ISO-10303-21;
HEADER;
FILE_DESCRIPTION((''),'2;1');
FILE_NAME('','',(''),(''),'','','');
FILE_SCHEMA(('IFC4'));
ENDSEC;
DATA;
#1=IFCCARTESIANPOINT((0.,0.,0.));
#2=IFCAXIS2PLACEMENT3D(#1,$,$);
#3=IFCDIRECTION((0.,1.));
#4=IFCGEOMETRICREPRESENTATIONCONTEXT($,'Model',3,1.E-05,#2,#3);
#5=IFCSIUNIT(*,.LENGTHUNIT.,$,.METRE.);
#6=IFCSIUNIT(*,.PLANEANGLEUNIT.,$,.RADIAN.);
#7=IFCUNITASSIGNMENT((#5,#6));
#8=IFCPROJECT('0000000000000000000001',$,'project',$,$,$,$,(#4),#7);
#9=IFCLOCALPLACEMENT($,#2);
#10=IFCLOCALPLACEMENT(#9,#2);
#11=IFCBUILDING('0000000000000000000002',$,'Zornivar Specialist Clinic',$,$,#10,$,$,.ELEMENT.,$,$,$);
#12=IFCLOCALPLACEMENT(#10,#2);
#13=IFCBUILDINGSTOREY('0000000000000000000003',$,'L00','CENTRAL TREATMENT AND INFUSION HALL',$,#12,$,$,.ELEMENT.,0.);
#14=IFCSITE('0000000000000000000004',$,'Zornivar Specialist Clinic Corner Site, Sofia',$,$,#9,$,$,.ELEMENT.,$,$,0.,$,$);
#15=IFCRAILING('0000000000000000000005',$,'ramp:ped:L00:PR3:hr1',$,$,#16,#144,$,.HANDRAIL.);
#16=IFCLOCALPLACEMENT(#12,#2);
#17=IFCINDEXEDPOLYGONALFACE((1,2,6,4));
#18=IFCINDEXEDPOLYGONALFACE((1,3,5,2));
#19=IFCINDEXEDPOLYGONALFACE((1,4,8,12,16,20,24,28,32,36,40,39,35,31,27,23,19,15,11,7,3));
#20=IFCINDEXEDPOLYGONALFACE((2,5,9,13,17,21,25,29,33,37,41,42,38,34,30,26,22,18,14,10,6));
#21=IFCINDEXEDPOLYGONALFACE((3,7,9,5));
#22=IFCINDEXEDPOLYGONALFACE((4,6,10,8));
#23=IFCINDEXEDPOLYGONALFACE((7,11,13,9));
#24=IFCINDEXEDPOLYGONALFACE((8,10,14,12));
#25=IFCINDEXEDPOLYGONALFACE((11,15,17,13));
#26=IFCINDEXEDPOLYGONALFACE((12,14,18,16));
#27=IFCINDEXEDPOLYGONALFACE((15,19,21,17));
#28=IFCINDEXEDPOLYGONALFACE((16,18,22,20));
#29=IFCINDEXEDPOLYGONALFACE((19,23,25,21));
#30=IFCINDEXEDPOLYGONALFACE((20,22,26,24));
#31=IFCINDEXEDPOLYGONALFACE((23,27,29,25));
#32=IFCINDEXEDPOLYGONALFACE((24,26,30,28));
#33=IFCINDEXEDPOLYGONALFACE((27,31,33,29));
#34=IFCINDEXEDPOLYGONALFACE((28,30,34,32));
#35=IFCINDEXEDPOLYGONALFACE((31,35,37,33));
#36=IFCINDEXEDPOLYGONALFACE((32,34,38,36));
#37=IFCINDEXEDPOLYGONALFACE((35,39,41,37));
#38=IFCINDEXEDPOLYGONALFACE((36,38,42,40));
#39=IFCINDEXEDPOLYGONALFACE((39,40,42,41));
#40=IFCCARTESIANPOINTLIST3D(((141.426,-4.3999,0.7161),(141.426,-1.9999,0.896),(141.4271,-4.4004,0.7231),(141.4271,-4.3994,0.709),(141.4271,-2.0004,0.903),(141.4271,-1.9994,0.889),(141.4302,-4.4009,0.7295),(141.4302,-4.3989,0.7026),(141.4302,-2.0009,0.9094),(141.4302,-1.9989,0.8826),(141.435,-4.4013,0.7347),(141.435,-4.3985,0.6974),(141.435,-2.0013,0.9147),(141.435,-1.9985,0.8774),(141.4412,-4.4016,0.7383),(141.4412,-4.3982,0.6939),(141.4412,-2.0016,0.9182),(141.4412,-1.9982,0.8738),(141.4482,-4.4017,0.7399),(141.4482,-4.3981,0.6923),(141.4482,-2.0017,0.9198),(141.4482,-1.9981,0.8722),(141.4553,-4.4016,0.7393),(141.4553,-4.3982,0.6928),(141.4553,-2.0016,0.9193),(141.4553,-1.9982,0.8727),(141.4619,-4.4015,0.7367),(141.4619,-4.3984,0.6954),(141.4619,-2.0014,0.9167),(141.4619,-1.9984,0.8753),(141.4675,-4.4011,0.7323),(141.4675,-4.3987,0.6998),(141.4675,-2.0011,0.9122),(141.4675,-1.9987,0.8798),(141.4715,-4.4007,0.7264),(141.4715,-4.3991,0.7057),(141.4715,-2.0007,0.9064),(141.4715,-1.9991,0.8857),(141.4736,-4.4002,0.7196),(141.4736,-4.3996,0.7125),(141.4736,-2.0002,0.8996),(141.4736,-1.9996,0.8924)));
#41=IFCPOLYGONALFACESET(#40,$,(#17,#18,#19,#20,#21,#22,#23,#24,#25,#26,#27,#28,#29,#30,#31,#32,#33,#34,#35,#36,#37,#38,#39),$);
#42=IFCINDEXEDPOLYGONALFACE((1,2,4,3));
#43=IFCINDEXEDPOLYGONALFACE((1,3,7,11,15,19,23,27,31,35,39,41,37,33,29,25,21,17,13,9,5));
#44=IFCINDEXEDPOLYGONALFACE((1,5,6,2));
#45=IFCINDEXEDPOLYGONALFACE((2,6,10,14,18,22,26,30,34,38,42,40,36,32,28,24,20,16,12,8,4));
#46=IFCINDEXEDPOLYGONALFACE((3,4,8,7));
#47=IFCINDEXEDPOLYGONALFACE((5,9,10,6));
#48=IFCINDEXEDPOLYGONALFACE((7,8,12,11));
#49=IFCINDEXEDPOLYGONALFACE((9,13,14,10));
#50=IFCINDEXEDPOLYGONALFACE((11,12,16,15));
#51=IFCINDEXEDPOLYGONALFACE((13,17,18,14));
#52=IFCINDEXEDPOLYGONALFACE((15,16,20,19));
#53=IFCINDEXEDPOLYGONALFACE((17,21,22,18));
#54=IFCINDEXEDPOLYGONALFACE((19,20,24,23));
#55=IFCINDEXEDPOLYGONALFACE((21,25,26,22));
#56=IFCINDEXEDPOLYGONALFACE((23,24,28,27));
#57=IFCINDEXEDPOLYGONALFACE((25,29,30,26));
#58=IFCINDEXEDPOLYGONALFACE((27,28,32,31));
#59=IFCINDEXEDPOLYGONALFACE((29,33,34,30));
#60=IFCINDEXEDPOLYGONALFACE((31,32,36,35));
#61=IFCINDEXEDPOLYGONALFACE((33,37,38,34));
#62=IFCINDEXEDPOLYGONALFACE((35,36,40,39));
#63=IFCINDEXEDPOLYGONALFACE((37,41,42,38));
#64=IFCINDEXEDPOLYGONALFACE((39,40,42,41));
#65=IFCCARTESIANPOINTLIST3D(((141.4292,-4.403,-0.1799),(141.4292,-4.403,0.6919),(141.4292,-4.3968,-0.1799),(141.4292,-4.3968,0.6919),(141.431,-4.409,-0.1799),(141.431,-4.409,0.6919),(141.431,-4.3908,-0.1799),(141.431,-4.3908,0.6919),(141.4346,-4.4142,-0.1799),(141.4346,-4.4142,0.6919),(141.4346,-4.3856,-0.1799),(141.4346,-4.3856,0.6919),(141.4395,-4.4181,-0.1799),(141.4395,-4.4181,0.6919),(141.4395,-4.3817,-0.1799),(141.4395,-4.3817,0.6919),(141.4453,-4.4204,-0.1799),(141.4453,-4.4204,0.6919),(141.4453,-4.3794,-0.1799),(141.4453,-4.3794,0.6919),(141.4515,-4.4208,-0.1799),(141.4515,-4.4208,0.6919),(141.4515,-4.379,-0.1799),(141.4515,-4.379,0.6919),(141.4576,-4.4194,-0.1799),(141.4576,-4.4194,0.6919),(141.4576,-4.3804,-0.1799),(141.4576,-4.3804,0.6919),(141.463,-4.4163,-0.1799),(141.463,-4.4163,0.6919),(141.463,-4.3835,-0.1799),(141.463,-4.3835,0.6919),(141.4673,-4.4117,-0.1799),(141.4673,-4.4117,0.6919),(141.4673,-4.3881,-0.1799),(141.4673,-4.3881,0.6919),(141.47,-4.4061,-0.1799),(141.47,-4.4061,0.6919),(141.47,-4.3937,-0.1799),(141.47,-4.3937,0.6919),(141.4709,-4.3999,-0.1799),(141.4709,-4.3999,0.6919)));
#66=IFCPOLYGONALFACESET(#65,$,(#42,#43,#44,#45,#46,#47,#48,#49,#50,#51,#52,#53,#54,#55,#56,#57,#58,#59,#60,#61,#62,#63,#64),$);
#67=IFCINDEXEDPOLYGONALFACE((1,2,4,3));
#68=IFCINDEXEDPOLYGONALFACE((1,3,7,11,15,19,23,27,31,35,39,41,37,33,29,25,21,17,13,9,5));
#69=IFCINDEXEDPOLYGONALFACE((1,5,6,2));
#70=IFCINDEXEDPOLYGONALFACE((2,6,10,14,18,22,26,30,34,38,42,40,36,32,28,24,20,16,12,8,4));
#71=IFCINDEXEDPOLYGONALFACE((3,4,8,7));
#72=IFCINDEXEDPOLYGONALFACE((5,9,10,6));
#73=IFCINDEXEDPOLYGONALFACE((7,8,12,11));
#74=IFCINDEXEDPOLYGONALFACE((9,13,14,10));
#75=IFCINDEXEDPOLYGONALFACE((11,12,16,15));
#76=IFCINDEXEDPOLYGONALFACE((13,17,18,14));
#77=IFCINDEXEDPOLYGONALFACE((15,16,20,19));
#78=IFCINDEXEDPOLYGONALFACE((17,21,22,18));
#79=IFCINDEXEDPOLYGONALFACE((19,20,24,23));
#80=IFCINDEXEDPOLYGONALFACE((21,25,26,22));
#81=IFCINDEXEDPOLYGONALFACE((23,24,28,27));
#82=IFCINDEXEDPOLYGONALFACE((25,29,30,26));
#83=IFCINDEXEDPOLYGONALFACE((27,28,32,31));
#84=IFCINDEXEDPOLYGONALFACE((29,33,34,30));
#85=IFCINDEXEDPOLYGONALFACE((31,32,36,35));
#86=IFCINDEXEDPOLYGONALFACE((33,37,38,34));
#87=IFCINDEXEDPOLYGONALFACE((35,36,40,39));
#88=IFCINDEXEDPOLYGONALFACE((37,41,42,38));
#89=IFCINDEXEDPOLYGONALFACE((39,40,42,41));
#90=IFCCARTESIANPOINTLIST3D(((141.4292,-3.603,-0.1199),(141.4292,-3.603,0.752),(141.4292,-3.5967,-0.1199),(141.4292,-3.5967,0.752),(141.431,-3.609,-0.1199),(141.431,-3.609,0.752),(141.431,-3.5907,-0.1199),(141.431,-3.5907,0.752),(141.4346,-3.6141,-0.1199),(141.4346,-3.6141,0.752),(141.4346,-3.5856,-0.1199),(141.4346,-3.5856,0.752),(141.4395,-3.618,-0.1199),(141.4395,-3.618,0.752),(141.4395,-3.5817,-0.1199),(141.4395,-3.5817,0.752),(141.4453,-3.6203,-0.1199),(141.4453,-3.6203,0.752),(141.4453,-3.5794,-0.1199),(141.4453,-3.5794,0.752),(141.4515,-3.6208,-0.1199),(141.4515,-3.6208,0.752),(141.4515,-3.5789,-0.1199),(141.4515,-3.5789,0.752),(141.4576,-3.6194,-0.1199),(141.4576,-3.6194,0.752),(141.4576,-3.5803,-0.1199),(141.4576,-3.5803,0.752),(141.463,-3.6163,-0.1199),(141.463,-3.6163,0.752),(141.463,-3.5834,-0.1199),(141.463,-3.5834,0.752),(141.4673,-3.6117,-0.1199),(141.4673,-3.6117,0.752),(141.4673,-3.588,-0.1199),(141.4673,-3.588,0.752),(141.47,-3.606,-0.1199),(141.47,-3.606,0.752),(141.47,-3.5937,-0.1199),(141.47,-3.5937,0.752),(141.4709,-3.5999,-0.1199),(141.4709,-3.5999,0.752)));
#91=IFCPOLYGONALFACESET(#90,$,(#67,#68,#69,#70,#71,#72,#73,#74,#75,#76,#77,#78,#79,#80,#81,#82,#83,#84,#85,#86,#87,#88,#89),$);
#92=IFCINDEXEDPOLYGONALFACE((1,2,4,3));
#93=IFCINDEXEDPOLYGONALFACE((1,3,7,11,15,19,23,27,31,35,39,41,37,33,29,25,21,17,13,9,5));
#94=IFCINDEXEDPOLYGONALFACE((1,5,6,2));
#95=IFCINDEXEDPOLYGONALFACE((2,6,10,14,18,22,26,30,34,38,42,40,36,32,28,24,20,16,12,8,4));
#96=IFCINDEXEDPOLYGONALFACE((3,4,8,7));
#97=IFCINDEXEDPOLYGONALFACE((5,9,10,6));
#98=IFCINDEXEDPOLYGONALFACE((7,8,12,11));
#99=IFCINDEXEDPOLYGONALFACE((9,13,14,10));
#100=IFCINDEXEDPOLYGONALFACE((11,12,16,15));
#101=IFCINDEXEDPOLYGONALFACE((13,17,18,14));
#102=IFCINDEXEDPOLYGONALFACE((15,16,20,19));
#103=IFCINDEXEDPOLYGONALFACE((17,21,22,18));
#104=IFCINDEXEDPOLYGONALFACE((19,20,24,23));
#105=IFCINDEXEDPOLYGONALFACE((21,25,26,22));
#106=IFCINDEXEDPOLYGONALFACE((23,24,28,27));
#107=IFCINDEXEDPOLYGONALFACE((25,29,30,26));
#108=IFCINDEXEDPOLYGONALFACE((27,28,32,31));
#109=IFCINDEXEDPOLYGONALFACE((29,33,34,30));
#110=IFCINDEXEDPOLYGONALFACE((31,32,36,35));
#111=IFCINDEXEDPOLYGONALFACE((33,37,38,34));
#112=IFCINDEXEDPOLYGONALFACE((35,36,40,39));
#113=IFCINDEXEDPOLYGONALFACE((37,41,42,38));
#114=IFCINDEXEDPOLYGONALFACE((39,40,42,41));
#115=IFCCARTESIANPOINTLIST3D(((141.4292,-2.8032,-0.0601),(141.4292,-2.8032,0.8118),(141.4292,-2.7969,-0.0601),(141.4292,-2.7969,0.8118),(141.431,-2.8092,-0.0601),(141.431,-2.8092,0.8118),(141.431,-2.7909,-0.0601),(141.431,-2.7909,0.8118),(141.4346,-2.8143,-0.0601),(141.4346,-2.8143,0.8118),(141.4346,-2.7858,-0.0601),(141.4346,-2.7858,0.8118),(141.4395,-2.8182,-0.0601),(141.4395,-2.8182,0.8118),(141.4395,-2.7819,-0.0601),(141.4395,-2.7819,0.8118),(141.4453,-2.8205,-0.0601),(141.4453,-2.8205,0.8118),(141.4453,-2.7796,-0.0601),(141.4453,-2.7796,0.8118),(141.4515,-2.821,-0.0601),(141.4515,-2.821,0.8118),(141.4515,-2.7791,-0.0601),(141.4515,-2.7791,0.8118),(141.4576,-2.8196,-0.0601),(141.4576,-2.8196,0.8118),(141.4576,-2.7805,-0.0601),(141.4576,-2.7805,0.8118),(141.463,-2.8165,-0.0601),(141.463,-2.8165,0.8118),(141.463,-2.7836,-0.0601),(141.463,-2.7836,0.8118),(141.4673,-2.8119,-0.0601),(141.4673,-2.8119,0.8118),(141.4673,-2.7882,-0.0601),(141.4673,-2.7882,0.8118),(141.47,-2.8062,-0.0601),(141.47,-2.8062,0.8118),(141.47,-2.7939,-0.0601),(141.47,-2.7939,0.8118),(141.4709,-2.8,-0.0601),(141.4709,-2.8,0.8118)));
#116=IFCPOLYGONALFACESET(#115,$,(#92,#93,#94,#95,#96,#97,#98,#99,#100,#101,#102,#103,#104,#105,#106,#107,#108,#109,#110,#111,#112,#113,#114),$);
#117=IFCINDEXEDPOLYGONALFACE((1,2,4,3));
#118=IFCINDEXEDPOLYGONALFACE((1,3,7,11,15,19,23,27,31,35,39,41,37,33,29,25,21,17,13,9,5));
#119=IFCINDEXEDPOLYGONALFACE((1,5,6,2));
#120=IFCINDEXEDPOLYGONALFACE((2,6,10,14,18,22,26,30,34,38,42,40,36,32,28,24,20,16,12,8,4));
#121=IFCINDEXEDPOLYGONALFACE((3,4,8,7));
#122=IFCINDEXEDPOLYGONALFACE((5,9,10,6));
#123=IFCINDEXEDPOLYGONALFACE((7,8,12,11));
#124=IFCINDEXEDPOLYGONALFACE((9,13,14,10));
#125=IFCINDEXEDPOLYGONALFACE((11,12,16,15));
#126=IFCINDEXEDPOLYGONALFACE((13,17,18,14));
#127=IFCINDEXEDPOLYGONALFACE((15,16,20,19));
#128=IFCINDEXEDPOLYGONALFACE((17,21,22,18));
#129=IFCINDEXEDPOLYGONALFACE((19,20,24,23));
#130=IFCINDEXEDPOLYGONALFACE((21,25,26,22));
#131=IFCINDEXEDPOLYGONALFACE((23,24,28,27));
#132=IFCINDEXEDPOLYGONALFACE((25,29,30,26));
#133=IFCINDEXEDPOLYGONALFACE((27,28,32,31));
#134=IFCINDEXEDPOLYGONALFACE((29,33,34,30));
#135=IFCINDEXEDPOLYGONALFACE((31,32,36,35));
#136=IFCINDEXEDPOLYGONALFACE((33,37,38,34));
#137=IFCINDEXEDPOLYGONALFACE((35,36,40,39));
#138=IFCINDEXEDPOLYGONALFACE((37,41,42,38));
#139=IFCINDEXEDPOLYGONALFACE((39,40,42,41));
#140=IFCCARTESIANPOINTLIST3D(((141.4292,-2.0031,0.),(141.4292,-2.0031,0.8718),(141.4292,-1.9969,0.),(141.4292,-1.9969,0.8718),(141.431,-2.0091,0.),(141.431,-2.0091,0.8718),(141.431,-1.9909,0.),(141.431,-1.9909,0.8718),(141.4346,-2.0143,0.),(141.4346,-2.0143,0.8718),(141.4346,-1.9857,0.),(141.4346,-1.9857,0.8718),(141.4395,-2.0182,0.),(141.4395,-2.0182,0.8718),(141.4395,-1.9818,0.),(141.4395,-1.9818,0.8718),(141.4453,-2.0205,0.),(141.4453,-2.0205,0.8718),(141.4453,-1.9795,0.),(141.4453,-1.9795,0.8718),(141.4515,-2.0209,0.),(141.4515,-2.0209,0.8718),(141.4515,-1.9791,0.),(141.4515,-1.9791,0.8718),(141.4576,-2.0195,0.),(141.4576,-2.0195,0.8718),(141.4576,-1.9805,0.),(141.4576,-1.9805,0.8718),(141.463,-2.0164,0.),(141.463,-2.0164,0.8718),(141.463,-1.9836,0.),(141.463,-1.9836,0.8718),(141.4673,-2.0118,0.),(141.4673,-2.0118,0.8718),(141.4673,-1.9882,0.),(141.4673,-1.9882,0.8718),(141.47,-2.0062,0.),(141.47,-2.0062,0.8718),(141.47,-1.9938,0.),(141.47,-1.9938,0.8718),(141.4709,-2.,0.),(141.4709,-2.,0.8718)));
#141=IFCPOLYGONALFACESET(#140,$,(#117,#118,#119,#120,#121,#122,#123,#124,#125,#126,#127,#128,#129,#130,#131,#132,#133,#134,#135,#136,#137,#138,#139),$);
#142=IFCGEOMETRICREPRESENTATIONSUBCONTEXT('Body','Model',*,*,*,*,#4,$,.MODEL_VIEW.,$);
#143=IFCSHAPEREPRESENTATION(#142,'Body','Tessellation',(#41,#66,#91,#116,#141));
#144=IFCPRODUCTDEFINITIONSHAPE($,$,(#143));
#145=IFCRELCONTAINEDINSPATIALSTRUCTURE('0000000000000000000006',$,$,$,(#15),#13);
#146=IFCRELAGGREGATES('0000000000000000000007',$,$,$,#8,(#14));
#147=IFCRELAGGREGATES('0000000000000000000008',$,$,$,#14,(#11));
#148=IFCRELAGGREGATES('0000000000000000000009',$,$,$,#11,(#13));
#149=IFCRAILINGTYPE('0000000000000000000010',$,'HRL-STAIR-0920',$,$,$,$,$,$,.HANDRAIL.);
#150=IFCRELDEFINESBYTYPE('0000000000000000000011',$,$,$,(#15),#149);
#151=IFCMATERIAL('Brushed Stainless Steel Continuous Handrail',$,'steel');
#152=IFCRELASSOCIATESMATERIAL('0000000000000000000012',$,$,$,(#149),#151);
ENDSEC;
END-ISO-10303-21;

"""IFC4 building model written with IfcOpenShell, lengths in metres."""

from ifc_helpers import new_model, si_unit, direction, frame, origin, origin_2d, place, context, subcontext, project, spatial, circle, extrude, material, type_object, element, save


model = new_model("IFC4")

# Units and contexts
model_context = context("Model", 3, precision=1e-05, world=origin(), true_north=direction((0.0, 1.0)))
body_context = subcontext(model_context, "Body", "Model", "MODEL_VIEW")
ifc_project = project(units=[si_unit("LENGTHUNIT", "METRE"), si_unit("PLANEANGLEUNIT", "RADIAN")], contexts=[model_context])

# Site, building, storey
site_placement = place(None, origin())
site = spatial("IfcSite", under=ifc_project, at=site_placement, Name="Zornivar Specialist Clinic Corner Site, Sofia", CompositionType="ELEMENT", RefElevation=0.0)
building_placement = place(site_placement, origin())
building = spatial("IfcBuilding", under=site, at=building_placement, Name="Zornivar Specialist Clinic", CompositionType="ELEMENT")
storey_placement = place(building_placement, origin())
storey = spatial("IfcBuildingStorey", under=building, at=storey_placement, Name="L00", Description="CENTRAL TREATMENT AND INFUSION HALL", CompositionType="ELEMENT", Elevation=0.0)

# Railing
ifc_material_1 = material(Name="Brushed Stainless Steel Continuous Handrail", Category="steel")
railing_type = type_object("IfcRailingType", Name="HRL-STAIR-0920", PredefinedType="HANDRAIL", material=ifc_material_1)
for number, where, name in (
    (1, (141.45, -4.3999, -0.1799), "ramp:ped:L00:PR3:hr1"),
):
    element("IfcRailing", number, at=place(storey_placement, frame(where)), inside=storey, type_object=railing_type, Name=name, PredefinedType="HANDRAIL", context=body_context, shape_type="SweptSolid", body=[
        extrude(circle(Radius=0.0239, at=origin_2d()), frame((0.0, 0.0, 0.896), z_axis=(0.0, 0.997201, 0.074765), x_axis=(-1.0, 0.0, 0.0)), (0.0, 0.0, 1.0), 2.4067),
        extrude(circle(Radius=0.021, at=origin_2d()), origin(), (0.0, 0.0, 1.0), 0.8718),
        extrude(circle(Radius=0.021, at=origin_2d()), frame((0.0, 0.8, 0.0601)), (0.0, 0.0, 1.0), 0.8718),
        extrude(circle(Radius=0.021, at=origin_2d()), frame((0.0, 1.5999, 0.1199)), (0.0, 0.0, 1.0), 0.8718),
        extrude(circle(Radius=0.021, at=origin_2d()), frame((0.0, 2.3999, 0.1799)), (0.0, 0.0, 1.0), 0.8718),
    ])

save(model, "model.ifc")
